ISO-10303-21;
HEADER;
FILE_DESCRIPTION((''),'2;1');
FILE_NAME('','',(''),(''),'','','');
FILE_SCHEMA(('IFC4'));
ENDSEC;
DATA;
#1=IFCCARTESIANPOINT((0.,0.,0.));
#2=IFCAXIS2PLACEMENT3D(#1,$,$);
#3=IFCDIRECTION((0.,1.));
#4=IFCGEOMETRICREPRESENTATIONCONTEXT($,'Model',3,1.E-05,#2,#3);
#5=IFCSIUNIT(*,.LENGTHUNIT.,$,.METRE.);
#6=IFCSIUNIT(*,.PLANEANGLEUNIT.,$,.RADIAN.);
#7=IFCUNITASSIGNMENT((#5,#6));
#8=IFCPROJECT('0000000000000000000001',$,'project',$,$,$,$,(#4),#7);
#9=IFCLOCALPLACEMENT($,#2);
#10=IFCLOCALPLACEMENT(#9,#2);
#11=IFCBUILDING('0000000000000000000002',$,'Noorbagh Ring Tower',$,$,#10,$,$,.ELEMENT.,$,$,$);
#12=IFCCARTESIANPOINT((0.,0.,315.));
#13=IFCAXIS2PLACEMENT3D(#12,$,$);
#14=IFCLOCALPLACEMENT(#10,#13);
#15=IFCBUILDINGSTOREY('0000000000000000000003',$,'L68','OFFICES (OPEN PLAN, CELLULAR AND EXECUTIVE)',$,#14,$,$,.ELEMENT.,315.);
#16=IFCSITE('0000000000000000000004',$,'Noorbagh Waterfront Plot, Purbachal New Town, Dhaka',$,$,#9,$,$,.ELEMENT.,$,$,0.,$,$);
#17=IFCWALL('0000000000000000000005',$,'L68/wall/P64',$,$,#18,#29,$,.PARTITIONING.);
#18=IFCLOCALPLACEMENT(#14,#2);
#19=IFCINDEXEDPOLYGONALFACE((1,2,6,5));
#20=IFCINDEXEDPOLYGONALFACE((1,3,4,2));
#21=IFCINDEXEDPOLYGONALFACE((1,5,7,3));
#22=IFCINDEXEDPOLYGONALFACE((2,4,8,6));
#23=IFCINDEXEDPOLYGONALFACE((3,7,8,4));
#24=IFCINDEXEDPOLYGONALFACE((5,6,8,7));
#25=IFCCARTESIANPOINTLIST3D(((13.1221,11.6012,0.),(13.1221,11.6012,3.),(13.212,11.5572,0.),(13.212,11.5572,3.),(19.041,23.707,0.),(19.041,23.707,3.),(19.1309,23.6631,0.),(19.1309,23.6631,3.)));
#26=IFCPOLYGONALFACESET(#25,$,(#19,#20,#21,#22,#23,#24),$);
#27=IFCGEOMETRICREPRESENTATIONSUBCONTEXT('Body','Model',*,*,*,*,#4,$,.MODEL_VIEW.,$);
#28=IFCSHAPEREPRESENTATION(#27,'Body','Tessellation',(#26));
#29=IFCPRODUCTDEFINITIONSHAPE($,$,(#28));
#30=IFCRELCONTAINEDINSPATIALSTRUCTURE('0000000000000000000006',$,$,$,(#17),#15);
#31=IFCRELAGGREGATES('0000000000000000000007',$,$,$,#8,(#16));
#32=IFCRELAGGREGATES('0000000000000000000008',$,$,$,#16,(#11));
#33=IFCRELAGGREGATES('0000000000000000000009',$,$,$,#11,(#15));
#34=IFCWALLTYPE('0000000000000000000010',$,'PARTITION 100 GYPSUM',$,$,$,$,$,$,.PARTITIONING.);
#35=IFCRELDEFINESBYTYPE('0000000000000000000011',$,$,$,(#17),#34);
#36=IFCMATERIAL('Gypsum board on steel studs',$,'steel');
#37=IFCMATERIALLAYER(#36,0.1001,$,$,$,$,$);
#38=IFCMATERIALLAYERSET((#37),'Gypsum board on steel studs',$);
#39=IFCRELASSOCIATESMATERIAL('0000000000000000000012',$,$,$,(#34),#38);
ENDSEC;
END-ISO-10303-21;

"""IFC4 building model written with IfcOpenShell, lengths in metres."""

from ifc_helpers import new_model, si_unit, direction, frame, frame_2d, origin, place, context, subcontext, project, spatial, rectangle, extrude, material, layer, layer_set, type_object, element, save


model = new_model("IFC4")

# Units and contexts
model_context = context("Model", 3, precision=1e-05, world=origin(), true_north=direction((0.0, 1.0)))
body_context = subcontext(model_context, "Body", "Model", "MODEL_VIEW")
ifc_project = project(units=[si_unit("LENGTHUNIT", "METRE"), si_unit("PLANEANGLEUNIT", "RADIAN")], contexts=[model_context])

# Site, building, storey
site_placement = place(None, origin())
site = spatial("IfcSite", under=ifc_project, at=site_placement, Name="Noorbagh Waterfront Plot, Purbachal New Town, Dhaka", CompositionType="ELEMENT", RefElevation=0.0)
building_placement = place(site_placement, origin())
building = spatial("IfcBuilding", under=site, at=building_placement, Name="Noorbagh Ring Tower", CompositionType="ELEMENT")
storey_placement = place(building_placement, frame((0.0, 0.0, 315.0)))
storey = spatial("IfcBuildingStorey", under=building, at=storey_placement, Name="L68", Description="OFFICES (OPEN PLAN, CELLULAR AND EXECUTIVE)", CompositionType="ELEMENT", Elevation=315.0)

# Wall
ifc_material_1 = material(Name="Gypsum board on steel studs", Category="steel")
ifc_layer_1 = layer(ifc_material_1, 0.1001)
ifc_layer_set_1 = layer_set([ifc_layer_1], Name="Gypsum board on steel studs")
wall_type_1 = type_object("IfcWallType", Name="PARTITION 100 GYPSUM", PredefinedType="PARTITIONING", material=ifc_layer_set_1)
wall_1_placement = place(storey_placement, frame((13.167, 11.5791, 0.0), z_axis=(0.0, 0.0, 1.0), x_axis=(0.439239, 0.89837, 0.0)))
element("IfcWall", 1, at=wall_1_placement, inside=storey, type_object=wall_type_1, Name="L68/wall/P64", PredefinedType="PARTITIONING", context=body_context, shape_type="SweptSolid", body=[
    extrude(rectangle(XDim=13.4753, YDim=0.1001, at=frame_2d((6.7378, 0.0))), origin(), (0.0, 0.0, 1.0), 3.0),
])

save(model, "model.ifc")
